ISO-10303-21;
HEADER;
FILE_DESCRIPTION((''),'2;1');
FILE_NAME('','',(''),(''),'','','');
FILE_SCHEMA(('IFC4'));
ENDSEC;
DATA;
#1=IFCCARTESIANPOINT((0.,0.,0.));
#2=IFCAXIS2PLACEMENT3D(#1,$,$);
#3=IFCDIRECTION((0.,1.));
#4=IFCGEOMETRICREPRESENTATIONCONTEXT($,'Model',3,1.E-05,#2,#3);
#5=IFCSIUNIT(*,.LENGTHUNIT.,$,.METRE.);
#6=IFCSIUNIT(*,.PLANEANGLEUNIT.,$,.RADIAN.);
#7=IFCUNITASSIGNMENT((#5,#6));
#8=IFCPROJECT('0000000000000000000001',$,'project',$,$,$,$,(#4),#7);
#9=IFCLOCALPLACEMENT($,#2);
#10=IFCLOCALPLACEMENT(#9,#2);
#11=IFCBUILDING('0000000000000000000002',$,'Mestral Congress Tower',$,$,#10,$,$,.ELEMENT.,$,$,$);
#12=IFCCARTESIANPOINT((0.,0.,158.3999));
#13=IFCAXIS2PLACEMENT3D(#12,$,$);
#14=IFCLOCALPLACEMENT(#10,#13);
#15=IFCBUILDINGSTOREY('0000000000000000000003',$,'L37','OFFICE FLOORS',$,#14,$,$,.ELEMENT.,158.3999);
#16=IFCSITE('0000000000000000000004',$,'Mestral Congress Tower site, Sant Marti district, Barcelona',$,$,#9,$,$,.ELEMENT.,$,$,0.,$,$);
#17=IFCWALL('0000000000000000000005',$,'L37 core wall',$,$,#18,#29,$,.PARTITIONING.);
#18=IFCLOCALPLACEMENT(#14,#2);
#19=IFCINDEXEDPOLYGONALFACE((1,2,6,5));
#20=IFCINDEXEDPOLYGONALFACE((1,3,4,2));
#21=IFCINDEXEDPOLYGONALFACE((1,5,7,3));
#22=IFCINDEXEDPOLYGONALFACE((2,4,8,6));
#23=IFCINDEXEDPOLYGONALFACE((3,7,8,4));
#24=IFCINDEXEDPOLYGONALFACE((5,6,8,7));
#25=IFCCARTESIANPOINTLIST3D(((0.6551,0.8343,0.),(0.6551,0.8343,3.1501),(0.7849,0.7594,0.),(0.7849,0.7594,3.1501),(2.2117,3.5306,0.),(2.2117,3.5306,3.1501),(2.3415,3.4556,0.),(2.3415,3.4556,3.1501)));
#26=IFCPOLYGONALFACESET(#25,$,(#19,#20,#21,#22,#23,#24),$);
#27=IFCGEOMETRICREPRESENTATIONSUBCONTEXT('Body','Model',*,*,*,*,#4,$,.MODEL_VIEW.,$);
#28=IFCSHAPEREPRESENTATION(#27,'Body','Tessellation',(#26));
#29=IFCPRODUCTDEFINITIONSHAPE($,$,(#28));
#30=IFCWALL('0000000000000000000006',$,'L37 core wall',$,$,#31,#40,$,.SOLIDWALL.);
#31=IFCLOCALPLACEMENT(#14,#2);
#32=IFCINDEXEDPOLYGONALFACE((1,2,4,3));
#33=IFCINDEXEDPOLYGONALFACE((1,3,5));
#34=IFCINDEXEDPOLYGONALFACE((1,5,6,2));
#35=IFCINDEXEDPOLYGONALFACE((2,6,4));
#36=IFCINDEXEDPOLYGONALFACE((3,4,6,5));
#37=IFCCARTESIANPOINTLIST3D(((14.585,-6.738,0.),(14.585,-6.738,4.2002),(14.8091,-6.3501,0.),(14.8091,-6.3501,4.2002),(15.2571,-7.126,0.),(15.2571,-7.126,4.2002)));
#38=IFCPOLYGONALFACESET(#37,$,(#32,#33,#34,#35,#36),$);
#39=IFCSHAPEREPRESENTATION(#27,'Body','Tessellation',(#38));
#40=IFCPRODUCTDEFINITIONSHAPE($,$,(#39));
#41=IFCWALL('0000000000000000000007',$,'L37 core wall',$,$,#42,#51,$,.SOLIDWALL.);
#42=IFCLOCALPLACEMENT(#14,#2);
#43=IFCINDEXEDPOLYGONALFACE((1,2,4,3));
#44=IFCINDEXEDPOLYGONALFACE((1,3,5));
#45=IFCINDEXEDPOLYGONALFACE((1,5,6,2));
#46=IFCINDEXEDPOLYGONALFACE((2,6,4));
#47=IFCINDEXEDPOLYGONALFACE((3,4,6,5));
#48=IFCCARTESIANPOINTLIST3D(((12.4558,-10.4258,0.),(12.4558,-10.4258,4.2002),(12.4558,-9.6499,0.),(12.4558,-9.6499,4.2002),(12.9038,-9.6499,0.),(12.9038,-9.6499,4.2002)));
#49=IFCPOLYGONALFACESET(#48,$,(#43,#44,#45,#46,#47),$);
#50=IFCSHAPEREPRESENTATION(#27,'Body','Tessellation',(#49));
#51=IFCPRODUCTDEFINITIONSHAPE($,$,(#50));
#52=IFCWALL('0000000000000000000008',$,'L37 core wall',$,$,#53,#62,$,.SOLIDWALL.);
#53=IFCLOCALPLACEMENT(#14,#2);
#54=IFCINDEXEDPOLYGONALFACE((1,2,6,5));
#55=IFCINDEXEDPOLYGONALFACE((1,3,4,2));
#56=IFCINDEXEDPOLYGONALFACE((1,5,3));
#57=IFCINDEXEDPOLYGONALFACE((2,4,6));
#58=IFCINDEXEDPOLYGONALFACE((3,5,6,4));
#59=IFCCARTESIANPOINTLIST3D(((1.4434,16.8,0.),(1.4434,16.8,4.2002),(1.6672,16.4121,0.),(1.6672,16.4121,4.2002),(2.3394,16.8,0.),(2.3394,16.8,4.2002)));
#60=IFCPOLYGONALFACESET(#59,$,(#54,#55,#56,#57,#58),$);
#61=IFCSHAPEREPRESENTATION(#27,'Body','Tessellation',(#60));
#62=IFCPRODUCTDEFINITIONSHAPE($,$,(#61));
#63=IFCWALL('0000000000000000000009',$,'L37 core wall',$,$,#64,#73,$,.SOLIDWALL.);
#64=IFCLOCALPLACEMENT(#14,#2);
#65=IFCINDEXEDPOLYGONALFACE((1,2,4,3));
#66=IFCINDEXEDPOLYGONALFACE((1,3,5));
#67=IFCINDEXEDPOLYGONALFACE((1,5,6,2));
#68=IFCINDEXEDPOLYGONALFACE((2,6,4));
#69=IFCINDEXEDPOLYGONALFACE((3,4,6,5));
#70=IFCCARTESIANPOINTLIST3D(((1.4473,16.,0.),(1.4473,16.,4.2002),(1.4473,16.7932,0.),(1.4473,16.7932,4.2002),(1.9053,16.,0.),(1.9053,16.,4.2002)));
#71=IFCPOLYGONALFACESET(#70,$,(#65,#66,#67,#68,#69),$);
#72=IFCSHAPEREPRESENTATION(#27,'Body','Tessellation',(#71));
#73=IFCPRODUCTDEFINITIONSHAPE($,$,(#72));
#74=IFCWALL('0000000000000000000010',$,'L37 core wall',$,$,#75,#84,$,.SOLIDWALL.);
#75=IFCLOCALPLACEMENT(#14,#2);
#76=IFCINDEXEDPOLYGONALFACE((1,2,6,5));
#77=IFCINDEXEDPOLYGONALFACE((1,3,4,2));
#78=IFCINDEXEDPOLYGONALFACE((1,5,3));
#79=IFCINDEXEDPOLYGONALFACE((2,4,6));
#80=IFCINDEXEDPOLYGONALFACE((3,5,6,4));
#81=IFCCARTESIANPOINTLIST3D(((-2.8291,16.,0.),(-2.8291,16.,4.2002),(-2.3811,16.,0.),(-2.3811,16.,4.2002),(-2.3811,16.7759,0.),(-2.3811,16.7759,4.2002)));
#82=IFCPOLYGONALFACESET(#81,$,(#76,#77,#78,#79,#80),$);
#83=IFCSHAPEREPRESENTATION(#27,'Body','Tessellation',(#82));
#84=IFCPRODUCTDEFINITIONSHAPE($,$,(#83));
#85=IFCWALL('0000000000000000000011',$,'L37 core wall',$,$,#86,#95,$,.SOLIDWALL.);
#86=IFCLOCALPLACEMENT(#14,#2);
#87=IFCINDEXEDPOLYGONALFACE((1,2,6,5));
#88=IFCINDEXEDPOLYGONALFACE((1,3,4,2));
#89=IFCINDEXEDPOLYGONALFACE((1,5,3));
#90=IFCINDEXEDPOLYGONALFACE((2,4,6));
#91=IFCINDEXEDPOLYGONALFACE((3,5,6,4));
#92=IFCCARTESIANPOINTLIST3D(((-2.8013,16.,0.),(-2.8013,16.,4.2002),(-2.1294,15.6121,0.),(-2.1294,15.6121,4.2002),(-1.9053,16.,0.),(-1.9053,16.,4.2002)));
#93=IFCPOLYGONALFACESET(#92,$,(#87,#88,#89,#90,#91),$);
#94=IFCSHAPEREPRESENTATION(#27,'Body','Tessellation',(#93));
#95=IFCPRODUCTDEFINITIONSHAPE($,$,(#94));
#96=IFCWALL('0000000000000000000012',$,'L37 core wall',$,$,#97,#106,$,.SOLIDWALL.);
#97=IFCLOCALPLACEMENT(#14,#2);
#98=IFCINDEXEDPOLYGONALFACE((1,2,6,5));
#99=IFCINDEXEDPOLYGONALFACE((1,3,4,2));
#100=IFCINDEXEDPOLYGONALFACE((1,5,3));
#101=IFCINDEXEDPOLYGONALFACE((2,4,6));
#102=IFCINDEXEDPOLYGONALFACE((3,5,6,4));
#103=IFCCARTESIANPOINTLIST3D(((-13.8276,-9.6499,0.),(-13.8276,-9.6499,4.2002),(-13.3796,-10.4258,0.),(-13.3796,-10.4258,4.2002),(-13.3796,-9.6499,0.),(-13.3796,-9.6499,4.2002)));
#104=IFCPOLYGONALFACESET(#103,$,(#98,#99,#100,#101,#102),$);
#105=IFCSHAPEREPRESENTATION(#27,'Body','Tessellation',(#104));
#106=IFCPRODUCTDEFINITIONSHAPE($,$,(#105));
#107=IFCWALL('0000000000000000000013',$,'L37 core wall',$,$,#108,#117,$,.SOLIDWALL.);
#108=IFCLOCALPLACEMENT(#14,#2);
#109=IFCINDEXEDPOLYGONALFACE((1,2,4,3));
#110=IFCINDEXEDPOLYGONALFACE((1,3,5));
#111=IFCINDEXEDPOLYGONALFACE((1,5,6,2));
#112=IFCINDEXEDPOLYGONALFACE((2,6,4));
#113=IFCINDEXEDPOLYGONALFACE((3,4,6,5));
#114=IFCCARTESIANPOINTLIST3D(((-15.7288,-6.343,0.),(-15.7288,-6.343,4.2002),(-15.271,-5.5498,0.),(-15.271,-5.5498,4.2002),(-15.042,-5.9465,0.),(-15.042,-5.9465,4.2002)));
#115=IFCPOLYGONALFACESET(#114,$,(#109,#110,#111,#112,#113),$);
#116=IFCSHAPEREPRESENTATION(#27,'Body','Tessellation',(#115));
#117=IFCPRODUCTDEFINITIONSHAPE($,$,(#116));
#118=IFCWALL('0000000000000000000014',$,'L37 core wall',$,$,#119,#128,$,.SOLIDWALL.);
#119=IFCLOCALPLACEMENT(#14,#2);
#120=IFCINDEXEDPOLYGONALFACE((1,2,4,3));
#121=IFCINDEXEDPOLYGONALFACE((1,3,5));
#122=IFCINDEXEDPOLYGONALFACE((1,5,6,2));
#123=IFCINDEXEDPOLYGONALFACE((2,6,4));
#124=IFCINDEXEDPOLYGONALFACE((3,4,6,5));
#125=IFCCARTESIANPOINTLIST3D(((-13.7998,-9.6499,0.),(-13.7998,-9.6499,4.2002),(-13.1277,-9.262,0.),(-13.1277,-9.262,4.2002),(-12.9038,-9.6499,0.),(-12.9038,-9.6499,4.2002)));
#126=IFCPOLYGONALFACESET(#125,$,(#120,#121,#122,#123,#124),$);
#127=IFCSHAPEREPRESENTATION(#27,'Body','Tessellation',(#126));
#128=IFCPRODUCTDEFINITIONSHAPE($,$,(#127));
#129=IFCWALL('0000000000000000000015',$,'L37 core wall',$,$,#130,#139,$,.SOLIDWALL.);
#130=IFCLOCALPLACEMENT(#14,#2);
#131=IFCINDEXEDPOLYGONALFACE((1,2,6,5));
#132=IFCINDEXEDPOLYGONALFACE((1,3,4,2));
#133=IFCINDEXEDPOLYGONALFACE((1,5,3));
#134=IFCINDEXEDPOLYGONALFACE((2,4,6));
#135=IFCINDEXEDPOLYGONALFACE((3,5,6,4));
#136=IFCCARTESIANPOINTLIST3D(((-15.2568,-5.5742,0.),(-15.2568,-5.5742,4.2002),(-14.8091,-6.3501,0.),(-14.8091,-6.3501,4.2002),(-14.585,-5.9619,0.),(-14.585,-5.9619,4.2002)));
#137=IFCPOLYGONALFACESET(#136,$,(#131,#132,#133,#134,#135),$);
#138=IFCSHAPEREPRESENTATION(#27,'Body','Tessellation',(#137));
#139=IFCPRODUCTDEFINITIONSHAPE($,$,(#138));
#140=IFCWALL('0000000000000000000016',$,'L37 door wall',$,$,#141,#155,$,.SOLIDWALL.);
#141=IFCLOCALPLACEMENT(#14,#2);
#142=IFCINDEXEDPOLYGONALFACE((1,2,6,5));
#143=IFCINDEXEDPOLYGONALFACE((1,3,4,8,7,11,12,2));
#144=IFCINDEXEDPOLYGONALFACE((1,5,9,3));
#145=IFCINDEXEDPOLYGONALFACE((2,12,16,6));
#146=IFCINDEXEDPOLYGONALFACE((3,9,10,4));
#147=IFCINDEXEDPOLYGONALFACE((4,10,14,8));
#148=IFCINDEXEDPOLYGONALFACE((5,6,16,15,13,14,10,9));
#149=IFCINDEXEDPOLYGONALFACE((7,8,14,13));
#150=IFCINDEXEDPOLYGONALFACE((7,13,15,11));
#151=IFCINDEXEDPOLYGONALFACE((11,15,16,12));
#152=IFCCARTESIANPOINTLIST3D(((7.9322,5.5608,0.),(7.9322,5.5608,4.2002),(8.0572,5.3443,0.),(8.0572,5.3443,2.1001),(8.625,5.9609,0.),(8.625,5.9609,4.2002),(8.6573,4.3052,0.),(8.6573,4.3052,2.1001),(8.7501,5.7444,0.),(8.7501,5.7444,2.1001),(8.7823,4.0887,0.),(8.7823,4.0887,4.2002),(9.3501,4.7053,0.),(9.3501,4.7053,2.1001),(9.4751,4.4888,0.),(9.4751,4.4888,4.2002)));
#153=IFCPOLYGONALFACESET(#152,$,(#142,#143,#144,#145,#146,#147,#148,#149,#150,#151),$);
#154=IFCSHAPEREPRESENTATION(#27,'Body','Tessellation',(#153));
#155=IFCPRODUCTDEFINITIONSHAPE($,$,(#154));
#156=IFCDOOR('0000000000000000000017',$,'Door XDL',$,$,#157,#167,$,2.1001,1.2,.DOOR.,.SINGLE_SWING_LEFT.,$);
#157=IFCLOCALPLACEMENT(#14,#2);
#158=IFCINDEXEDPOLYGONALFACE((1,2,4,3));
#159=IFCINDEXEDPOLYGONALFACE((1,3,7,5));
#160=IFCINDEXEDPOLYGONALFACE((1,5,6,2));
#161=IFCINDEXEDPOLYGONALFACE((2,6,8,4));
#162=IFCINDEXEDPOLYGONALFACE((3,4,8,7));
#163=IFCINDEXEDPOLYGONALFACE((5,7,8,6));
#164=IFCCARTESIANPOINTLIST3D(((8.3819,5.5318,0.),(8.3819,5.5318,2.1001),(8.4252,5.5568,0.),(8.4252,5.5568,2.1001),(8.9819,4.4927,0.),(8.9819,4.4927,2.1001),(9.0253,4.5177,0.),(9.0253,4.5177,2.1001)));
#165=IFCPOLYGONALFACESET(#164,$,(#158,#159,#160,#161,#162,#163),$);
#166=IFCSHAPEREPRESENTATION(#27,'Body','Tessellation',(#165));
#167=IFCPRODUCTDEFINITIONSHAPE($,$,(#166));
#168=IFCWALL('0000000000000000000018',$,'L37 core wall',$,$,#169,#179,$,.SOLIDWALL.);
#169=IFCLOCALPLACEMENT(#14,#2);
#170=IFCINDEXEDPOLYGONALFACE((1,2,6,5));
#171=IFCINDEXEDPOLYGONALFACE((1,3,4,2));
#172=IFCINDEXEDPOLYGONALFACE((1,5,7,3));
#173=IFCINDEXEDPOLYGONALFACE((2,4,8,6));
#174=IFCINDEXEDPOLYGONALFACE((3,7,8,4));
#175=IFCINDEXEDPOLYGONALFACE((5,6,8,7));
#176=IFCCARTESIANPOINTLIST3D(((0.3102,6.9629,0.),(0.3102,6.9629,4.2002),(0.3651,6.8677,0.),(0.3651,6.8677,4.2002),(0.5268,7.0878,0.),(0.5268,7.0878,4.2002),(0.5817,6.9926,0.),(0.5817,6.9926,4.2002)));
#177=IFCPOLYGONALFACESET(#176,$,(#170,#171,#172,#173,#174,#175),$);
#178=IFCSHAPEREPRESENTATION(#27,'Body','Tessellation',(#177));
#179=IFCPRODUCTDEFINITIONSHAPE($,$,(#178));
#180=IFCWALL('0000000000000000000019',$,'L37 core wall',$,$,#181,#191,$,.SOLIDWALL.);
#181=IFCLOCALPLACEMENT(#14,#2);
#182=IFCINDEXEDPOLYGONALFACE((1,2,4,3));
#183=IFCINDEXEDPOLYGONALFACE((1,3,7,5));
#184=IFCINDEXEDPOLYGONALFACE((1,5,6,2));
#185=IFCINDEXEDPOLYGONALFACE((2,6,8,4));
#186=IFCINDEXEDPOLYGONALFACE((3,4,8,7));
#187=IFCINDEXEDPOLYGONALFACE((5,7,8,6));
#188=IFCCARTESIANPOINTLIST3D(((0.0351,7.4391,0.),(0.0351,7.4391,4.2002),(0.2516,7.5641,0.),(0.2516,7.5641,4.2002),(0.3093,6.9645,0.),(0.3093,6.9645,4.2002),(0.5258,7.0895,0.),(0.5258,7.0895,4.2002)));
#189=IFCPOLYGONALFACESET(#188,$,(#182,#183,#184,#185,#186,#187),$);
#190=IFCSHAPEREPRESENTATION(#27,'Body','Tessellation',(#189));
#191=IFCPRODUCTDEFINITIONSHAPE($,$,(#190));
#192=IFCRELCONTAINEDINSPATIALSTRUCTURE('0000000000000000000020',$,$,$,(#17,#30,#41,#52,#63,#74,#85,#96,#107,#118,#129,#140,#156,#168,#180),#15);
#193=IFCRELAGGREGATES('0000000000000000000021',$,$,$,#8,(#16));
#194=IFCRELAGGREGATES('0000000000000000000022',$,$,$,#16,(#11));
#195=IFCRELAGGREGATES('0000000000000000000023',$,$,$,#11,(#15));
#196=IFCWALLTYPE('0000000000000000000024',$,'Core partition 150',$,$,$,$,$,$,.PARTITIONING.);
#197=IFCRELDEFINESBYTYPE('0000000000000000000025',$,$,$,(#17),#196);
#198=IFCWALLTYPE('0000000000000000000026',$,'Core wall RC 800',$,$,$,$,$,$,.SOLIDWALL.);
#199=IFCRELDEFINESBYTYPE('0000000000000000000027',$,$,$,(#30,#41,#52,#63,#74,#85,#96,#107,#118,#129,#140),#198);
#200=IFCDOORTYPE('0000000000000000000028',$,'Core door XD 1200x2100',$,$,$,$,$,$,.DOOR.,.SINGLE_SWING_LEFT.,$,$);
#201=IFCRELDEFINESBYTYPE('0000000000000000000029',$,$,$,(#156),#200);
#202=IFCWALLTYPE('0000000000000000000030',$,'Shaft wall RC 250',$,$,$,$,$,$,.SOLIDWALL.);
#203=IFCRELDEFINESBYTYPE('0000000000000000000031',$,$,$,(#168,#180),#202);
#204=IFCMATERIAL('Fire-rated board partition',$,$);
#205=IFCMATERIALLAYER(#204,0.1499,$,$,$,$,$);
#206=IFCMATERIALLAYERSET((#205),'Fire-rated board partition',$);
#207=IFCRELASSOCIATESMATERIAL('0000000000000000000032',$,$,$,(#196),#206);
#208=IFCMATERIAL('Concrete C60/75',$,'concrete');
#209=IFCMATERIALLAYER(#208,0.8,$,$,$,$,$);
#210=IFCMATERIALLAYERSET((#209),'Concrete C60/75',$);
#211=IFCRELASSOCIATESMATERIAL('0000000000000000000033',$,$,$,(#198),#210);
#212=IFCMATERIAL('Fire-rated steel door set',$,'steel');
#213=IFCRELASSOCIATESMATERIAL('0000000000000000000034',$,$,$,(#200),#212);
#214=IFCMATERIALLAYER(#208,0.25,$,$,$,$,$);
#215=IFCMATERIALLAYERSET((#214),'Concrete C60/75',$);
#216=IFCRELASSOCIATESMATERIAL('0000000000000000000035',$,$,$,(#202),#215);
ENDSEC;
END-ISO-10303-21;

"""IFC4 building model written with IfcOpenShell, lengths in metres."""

from ifc_helpers import new_model, si_unit, direction, frame, frame_2d, origin, place, context, subcontext, project, spatial, polyline, rectangle, outline, extrude, material, layer, layer_set, type_object, element, fill, save


model = new_model("IFC4")

# Units and contexts
model_context = context("Model", 3, precision=1e-05, world=origin(), true_north=direction((0.0, 1.0)))
body_context = subcontext(model_context, "Body", "Model", "MODEL_VIEW")
ifc_project = project(units=[si_unit("LENGTHUNIT", "METRE"), si_unit("PLANEANGLEUNIT", "RADIAN")], contexts=[model_context])

# Site, building, storey
site_placement = place(None, origin())
site = spatial("IfcSite", under=ifc_project, at=site_placement, Name="Mestral Congress Tower site, Sant Marti district, Barcelona", CompositionType="ELEMENT", RefElevation=0.0)
building_placement = place(site_placement, origin())
building = spatial("IfcBuilding", under=site, at=building_placement, Name="Mestral Congress Tower", CompositionType="ELEMENT")
storey_placement = place(building_placement, frame((0.0, 0.0, 158.3999)))
storey = spatial("IfcBuildingStorey", under=building, at=storey_placement, Name="L37", Description="OFFICE FLOORS", CompositionType="ELEMENT", Elevation=158.3999)

# Walls
ifc_material_1 = material(Name="Fire-rated board partition")
ifc_layer_1 = layer(ifc_material_1, 0.1499)
ifc_layer_set_1 = layer_set([ifc_layer_1], Name="Fire-rated board partition")
wall_type_1 = type_object("IfcWallType", Name="Core partition 150", PredefinedType="PARTITIONING", material=ifc_layer_set_1)
wall_1_placement = place(storey_placement, frame((0.72, 0.7969, 0.0), z_axis=(0.0, 0.0, 1.0), x_axis=(0.499985, 0.866034, 0.0)))
element("IfcWall", 1, at=wall_1_placement, inside=storey, type_object=wall_type_1, Name="L37 core wall", PredefinedType="PARTITIONING", context=body_context, shape_type="SweptSolid", body=[
    extrude(rectangle(XDim=3.1133, YDim=0.1499, at=frame_2d((1.5566, 0.0))), origin(), (0.0, 0.0, 1.0), 3.1501),
])
ifc_material_2 = material(Name="Concrete C60/75", Category="concrete")
ifc_layer_2 = layer(ifc_material_2, 0.8)
ifc_layer_set_2 = layer_set([ifc_layer_2], Name="Concrete C60/75")
wall_type_2 = type_object("IfcWallType", Name="Core wall RC 800", PredefinedType="SOLIDWALL", material=ifc_layer_set_2)
placement = place(storey_placement, origin())
element("IfcWall", 2, at=placement, inside=storey, type_object=wall_type_2, Name="L37 core wall", PredefinedType="SOLIDWALL", context=body_context, shape_type="SweptSolid", body=[
    extrude(outline(polyline([(14.8091, -6.3501), (15.2571, -7.126), (14.585, -6.738), (14.8091, -6.3501)])), origin(), (0.0, 0.0, 1.0), 4.2002),
])
element("IfcWall", 3, at=placement, inside=storey, type_object=wall_type_2, Name="L37 core wall", PredefinedType="SOLIDWALL", context=body_context, shape_type="SweptSolid", body=[
    extrude(outline(polyline([(12.9038, -9.6499), (12.4558, -10.4258), (12.4558, -9.6499), (12.9038, -9.6499)])), origin(), (0.0, 0.0, 1.0), 4.2002),
])
element("IfcWall", 4, at=placement, inside=storey, type_object=wall_type_2, Name="L37 core wall", PredefinedType="SOLIDWALL", context=body_context, shape_type="SweptSolid", body=[
    extrude(outline(polyline([(1.4434, 16.8), (2.3394, 16.8), (1.6672, 16.4121), (1.4434, 16.8)])), origin(), (0.0, 0.0, 1.0), 4.2002),
])
element("IfcWall", 5, at=placement, inside=storey, type_object=wall_type_2, Name="L37 core wall", PredefinedType="SOLIDWALL", context=body_context, shape_type="SweptSolid", body=[
    extrude(outline(polyline([(1.9053, 16.0), (1.4473, 16.0), (1.4473, 16.7932), (1.9053, 16.0)])), origin(), (0.0, 0.0, 1.0), 4.2002),
])
element("IfcWall", 6, at=placement, inside=storey, type_object=wall_type_2, Name="L37 core wall", PredefinedType="SOLIDWALL", context=body_context, shape_type="SweptSolid", body=[
    extrude(outline(polyline([(-2.8291, 16.0), (-2.3811, 16.7759), (-2.3811, 16.0), (-2.8291, 16.0)])), origin(), (0.0, 0.0, 1.0), 4.2002),
])
element("IfcWall", 7, at=placement, inside=storey, type_object=wall_type_2, Name="L37 core wall", PredefinedType="SOLIDWALL", context=body_context, shape_type="SweptSolid", body=[
    extrude(outline(polyline([(-1.9053, 16.0), (-2.1294, 15.6121), (-2.8013, 16.0), (-1.9053, 16.0)])), origin(), (0.0, 0.0, 1.0), 4.2002),
])
element("IfcWall", 8, at=placement, inside=storey, type_object=wall_type_2, Name="L37 core wall", PredefinedType="SOLIDWALL", context=body_context, shape_type="SweptSolid", body=[
    extrude(outline(polyline([(-13.8276, -9.6499), (-13.3796, -9.6499), (-13.3796, -10.4258), (-13.8276, -9.6499)])), origin(), (0.0, 0.0, 1.0), 4.2002),
])
element("IfcWall", 9, at=placement, inside=storey, type_object=wall_type_2, Name="L37 core wall", PredefinedType="SOLIDWALL", context=body_context, shape_type="SweptSolid", body=[
    extrude(outline(polyline([(-15.042, -5.9465), (-15.7288, -6.343), (-15.271, -5.5498), (-15.042, -5.9465)])), origin(), (0.0, 0.0, 1.0), 4.2002),
])
element("IfcWall", 10, at=placement, inside=storey, type_object=wall_type_2, Name="L37 core wall", PredefinedType="SOLIDWALL", context=body_context, shape_type="SweptSolid", body=[
    extrude(outline(polyline([(-12.9038, -9.6499), (-13.7998, -9.6499), (-13.1277, -9.262), (-12.9038, -9.6499)])), origin(), (0.0, 0.0, 1.0), 4.2002),
])
element("IfcWall", 11, at=placement, inside=storey, type_object=wall_type_2, Name="L37 core wall", PredefinedType="SOLIDWALL", context=body_context, shape_type="SweptSolid", body=[
    extrude(outline(polyline([(-14.8091, -6.3501), (-15.2568, -5.5742), (-14.585, -5.9619), (-14.8091, -6.3501)])), origin(), (0.0, 0.0, 1.0), 4.2002),
])

# Wall, opening, door
wall_2_placement = place(storey_placement, frame((8.2786, 5.761, 0.0), z_axis=(0.0, 0.0, 1.0), x_axis=(0.500062, -0.865989, 0.0)))
wall_2 = element("IfcWall", 12, at=wall_2_placement, inside=storey, type_object=wall_type_2, Name="L37 door wall", PredefinedType="SOLIDWALL", context=body_context, shape_type="SweptSolid", body=[
    extrude(rectangle(XDim=1.7, YDim=0.8, at=frame_2d((0.8501, 0.0))), origin(), (0.0, 0.0, 1.0), 4.2002),
])
opening_placement = place(wall_2_placement, frame((0.25, 0.0, 0.0)))
opening = element("IfcOpeningElement", 13, at=opening_placement, cuts=wall_2, PredefinedType="OPENING", context=body_context, shape_type="SweptSolid", body=[
    extrude(rectangle(XDim=1.2, YDim=2.1001, at=frame_2d((0.6001, 1.05))), frame((0.0, 0.4099, 0.0), z_axis=(0.0, -1.0, 0.0), x_axis=(1.0, 0.0, 0.0)), (0.0, 0.0, 1.0), 0.8201),
])
ifc_material_3 = material(Name="Fire-rated steel door set", Category="steel")
door_type = type_object("IfcDoorType", Name="Core door XD 1200x2100", OperationType="SINGLE_SWING_LEFT", PredefinedType="DOOR", material=ifc_material_3)
door_placement = place(opening_placement, origin())
door = element("IfcDoor", 14, at=door_placement, inside=storey, type_object=door_type, Name="Door XDL", OperationType="SINGLE_SWING_LEFT", OverallHeight=2.1001, OverallWidth=1.2, PredefinedType="DOOR", context=body_context, shape_type="SweptSolid", body=[
    extrude(rectangle(XDim=1.2, YDim=2.1001, at=frame_2d((0.6001, 1.05))), frame((0.0, 0.0249, 0.0), z_axis=(0.0, -1.0, 0.0), x_axis=(1.0, 0.0, 0.0)), (0.0, 0.0, 1.0), 0.05),
])
fill(opening, door)

# Walls
ifc_layer_3 = layer(ifc_material_2, 0.25)
ifc_layer_set_3 = layer_set([ifc_layer_3], Name="Concrete C60/75")
wall_type_3 = type_object("IfcWallType", Name="Shaft wall RC 250", PredefinedType="SOLIDWALL", material=ifc_layer_set_3)
wall_3_placement = place(storey_placement, frame((0.4734, 6.9302, 0.0), z_axis=(0.0, 0.0, 1.0), x_axis=(-0.499722, 0.866186, 0.0)))
element("IfcWall", 15, at=wall_3_placement, inside=storey, type_object=wall_type_3, Name="L37 core wall", PredefinedType="SOLIDWALL", context=body_context, shape_type="SweptSolid", body=[
    extrude(rectangle(XDim=0.1099, YDim=0.25, at=frame_2d((0.0549, 0.0))), origin(), (0.0, 0.0, 1.0), 4.2002),
])
wall_4_placement = place(storey_placement, frame((0.4175, 7.0271, 0.0), z_axis=(0.0, 0.0, 1.0), x_axis=(-0.500211, 0.865904, 0.0)))
element("IfcWall", 16, at=wall_4_placement, inside=storey, type_object=wall_type_3, Name="L37 core wall", PredefinedType="SOLIDWALL", context=body_context, shape_type="SweptSolid", body=[
    extrude(rectangle(XDim=0.5481, YDim=0.25, at=frame_2d((0.2739, 0.0))), origin(), (0.0, 0.0, 1.0), 4.2002),
])

save(model, "model.ifc")
